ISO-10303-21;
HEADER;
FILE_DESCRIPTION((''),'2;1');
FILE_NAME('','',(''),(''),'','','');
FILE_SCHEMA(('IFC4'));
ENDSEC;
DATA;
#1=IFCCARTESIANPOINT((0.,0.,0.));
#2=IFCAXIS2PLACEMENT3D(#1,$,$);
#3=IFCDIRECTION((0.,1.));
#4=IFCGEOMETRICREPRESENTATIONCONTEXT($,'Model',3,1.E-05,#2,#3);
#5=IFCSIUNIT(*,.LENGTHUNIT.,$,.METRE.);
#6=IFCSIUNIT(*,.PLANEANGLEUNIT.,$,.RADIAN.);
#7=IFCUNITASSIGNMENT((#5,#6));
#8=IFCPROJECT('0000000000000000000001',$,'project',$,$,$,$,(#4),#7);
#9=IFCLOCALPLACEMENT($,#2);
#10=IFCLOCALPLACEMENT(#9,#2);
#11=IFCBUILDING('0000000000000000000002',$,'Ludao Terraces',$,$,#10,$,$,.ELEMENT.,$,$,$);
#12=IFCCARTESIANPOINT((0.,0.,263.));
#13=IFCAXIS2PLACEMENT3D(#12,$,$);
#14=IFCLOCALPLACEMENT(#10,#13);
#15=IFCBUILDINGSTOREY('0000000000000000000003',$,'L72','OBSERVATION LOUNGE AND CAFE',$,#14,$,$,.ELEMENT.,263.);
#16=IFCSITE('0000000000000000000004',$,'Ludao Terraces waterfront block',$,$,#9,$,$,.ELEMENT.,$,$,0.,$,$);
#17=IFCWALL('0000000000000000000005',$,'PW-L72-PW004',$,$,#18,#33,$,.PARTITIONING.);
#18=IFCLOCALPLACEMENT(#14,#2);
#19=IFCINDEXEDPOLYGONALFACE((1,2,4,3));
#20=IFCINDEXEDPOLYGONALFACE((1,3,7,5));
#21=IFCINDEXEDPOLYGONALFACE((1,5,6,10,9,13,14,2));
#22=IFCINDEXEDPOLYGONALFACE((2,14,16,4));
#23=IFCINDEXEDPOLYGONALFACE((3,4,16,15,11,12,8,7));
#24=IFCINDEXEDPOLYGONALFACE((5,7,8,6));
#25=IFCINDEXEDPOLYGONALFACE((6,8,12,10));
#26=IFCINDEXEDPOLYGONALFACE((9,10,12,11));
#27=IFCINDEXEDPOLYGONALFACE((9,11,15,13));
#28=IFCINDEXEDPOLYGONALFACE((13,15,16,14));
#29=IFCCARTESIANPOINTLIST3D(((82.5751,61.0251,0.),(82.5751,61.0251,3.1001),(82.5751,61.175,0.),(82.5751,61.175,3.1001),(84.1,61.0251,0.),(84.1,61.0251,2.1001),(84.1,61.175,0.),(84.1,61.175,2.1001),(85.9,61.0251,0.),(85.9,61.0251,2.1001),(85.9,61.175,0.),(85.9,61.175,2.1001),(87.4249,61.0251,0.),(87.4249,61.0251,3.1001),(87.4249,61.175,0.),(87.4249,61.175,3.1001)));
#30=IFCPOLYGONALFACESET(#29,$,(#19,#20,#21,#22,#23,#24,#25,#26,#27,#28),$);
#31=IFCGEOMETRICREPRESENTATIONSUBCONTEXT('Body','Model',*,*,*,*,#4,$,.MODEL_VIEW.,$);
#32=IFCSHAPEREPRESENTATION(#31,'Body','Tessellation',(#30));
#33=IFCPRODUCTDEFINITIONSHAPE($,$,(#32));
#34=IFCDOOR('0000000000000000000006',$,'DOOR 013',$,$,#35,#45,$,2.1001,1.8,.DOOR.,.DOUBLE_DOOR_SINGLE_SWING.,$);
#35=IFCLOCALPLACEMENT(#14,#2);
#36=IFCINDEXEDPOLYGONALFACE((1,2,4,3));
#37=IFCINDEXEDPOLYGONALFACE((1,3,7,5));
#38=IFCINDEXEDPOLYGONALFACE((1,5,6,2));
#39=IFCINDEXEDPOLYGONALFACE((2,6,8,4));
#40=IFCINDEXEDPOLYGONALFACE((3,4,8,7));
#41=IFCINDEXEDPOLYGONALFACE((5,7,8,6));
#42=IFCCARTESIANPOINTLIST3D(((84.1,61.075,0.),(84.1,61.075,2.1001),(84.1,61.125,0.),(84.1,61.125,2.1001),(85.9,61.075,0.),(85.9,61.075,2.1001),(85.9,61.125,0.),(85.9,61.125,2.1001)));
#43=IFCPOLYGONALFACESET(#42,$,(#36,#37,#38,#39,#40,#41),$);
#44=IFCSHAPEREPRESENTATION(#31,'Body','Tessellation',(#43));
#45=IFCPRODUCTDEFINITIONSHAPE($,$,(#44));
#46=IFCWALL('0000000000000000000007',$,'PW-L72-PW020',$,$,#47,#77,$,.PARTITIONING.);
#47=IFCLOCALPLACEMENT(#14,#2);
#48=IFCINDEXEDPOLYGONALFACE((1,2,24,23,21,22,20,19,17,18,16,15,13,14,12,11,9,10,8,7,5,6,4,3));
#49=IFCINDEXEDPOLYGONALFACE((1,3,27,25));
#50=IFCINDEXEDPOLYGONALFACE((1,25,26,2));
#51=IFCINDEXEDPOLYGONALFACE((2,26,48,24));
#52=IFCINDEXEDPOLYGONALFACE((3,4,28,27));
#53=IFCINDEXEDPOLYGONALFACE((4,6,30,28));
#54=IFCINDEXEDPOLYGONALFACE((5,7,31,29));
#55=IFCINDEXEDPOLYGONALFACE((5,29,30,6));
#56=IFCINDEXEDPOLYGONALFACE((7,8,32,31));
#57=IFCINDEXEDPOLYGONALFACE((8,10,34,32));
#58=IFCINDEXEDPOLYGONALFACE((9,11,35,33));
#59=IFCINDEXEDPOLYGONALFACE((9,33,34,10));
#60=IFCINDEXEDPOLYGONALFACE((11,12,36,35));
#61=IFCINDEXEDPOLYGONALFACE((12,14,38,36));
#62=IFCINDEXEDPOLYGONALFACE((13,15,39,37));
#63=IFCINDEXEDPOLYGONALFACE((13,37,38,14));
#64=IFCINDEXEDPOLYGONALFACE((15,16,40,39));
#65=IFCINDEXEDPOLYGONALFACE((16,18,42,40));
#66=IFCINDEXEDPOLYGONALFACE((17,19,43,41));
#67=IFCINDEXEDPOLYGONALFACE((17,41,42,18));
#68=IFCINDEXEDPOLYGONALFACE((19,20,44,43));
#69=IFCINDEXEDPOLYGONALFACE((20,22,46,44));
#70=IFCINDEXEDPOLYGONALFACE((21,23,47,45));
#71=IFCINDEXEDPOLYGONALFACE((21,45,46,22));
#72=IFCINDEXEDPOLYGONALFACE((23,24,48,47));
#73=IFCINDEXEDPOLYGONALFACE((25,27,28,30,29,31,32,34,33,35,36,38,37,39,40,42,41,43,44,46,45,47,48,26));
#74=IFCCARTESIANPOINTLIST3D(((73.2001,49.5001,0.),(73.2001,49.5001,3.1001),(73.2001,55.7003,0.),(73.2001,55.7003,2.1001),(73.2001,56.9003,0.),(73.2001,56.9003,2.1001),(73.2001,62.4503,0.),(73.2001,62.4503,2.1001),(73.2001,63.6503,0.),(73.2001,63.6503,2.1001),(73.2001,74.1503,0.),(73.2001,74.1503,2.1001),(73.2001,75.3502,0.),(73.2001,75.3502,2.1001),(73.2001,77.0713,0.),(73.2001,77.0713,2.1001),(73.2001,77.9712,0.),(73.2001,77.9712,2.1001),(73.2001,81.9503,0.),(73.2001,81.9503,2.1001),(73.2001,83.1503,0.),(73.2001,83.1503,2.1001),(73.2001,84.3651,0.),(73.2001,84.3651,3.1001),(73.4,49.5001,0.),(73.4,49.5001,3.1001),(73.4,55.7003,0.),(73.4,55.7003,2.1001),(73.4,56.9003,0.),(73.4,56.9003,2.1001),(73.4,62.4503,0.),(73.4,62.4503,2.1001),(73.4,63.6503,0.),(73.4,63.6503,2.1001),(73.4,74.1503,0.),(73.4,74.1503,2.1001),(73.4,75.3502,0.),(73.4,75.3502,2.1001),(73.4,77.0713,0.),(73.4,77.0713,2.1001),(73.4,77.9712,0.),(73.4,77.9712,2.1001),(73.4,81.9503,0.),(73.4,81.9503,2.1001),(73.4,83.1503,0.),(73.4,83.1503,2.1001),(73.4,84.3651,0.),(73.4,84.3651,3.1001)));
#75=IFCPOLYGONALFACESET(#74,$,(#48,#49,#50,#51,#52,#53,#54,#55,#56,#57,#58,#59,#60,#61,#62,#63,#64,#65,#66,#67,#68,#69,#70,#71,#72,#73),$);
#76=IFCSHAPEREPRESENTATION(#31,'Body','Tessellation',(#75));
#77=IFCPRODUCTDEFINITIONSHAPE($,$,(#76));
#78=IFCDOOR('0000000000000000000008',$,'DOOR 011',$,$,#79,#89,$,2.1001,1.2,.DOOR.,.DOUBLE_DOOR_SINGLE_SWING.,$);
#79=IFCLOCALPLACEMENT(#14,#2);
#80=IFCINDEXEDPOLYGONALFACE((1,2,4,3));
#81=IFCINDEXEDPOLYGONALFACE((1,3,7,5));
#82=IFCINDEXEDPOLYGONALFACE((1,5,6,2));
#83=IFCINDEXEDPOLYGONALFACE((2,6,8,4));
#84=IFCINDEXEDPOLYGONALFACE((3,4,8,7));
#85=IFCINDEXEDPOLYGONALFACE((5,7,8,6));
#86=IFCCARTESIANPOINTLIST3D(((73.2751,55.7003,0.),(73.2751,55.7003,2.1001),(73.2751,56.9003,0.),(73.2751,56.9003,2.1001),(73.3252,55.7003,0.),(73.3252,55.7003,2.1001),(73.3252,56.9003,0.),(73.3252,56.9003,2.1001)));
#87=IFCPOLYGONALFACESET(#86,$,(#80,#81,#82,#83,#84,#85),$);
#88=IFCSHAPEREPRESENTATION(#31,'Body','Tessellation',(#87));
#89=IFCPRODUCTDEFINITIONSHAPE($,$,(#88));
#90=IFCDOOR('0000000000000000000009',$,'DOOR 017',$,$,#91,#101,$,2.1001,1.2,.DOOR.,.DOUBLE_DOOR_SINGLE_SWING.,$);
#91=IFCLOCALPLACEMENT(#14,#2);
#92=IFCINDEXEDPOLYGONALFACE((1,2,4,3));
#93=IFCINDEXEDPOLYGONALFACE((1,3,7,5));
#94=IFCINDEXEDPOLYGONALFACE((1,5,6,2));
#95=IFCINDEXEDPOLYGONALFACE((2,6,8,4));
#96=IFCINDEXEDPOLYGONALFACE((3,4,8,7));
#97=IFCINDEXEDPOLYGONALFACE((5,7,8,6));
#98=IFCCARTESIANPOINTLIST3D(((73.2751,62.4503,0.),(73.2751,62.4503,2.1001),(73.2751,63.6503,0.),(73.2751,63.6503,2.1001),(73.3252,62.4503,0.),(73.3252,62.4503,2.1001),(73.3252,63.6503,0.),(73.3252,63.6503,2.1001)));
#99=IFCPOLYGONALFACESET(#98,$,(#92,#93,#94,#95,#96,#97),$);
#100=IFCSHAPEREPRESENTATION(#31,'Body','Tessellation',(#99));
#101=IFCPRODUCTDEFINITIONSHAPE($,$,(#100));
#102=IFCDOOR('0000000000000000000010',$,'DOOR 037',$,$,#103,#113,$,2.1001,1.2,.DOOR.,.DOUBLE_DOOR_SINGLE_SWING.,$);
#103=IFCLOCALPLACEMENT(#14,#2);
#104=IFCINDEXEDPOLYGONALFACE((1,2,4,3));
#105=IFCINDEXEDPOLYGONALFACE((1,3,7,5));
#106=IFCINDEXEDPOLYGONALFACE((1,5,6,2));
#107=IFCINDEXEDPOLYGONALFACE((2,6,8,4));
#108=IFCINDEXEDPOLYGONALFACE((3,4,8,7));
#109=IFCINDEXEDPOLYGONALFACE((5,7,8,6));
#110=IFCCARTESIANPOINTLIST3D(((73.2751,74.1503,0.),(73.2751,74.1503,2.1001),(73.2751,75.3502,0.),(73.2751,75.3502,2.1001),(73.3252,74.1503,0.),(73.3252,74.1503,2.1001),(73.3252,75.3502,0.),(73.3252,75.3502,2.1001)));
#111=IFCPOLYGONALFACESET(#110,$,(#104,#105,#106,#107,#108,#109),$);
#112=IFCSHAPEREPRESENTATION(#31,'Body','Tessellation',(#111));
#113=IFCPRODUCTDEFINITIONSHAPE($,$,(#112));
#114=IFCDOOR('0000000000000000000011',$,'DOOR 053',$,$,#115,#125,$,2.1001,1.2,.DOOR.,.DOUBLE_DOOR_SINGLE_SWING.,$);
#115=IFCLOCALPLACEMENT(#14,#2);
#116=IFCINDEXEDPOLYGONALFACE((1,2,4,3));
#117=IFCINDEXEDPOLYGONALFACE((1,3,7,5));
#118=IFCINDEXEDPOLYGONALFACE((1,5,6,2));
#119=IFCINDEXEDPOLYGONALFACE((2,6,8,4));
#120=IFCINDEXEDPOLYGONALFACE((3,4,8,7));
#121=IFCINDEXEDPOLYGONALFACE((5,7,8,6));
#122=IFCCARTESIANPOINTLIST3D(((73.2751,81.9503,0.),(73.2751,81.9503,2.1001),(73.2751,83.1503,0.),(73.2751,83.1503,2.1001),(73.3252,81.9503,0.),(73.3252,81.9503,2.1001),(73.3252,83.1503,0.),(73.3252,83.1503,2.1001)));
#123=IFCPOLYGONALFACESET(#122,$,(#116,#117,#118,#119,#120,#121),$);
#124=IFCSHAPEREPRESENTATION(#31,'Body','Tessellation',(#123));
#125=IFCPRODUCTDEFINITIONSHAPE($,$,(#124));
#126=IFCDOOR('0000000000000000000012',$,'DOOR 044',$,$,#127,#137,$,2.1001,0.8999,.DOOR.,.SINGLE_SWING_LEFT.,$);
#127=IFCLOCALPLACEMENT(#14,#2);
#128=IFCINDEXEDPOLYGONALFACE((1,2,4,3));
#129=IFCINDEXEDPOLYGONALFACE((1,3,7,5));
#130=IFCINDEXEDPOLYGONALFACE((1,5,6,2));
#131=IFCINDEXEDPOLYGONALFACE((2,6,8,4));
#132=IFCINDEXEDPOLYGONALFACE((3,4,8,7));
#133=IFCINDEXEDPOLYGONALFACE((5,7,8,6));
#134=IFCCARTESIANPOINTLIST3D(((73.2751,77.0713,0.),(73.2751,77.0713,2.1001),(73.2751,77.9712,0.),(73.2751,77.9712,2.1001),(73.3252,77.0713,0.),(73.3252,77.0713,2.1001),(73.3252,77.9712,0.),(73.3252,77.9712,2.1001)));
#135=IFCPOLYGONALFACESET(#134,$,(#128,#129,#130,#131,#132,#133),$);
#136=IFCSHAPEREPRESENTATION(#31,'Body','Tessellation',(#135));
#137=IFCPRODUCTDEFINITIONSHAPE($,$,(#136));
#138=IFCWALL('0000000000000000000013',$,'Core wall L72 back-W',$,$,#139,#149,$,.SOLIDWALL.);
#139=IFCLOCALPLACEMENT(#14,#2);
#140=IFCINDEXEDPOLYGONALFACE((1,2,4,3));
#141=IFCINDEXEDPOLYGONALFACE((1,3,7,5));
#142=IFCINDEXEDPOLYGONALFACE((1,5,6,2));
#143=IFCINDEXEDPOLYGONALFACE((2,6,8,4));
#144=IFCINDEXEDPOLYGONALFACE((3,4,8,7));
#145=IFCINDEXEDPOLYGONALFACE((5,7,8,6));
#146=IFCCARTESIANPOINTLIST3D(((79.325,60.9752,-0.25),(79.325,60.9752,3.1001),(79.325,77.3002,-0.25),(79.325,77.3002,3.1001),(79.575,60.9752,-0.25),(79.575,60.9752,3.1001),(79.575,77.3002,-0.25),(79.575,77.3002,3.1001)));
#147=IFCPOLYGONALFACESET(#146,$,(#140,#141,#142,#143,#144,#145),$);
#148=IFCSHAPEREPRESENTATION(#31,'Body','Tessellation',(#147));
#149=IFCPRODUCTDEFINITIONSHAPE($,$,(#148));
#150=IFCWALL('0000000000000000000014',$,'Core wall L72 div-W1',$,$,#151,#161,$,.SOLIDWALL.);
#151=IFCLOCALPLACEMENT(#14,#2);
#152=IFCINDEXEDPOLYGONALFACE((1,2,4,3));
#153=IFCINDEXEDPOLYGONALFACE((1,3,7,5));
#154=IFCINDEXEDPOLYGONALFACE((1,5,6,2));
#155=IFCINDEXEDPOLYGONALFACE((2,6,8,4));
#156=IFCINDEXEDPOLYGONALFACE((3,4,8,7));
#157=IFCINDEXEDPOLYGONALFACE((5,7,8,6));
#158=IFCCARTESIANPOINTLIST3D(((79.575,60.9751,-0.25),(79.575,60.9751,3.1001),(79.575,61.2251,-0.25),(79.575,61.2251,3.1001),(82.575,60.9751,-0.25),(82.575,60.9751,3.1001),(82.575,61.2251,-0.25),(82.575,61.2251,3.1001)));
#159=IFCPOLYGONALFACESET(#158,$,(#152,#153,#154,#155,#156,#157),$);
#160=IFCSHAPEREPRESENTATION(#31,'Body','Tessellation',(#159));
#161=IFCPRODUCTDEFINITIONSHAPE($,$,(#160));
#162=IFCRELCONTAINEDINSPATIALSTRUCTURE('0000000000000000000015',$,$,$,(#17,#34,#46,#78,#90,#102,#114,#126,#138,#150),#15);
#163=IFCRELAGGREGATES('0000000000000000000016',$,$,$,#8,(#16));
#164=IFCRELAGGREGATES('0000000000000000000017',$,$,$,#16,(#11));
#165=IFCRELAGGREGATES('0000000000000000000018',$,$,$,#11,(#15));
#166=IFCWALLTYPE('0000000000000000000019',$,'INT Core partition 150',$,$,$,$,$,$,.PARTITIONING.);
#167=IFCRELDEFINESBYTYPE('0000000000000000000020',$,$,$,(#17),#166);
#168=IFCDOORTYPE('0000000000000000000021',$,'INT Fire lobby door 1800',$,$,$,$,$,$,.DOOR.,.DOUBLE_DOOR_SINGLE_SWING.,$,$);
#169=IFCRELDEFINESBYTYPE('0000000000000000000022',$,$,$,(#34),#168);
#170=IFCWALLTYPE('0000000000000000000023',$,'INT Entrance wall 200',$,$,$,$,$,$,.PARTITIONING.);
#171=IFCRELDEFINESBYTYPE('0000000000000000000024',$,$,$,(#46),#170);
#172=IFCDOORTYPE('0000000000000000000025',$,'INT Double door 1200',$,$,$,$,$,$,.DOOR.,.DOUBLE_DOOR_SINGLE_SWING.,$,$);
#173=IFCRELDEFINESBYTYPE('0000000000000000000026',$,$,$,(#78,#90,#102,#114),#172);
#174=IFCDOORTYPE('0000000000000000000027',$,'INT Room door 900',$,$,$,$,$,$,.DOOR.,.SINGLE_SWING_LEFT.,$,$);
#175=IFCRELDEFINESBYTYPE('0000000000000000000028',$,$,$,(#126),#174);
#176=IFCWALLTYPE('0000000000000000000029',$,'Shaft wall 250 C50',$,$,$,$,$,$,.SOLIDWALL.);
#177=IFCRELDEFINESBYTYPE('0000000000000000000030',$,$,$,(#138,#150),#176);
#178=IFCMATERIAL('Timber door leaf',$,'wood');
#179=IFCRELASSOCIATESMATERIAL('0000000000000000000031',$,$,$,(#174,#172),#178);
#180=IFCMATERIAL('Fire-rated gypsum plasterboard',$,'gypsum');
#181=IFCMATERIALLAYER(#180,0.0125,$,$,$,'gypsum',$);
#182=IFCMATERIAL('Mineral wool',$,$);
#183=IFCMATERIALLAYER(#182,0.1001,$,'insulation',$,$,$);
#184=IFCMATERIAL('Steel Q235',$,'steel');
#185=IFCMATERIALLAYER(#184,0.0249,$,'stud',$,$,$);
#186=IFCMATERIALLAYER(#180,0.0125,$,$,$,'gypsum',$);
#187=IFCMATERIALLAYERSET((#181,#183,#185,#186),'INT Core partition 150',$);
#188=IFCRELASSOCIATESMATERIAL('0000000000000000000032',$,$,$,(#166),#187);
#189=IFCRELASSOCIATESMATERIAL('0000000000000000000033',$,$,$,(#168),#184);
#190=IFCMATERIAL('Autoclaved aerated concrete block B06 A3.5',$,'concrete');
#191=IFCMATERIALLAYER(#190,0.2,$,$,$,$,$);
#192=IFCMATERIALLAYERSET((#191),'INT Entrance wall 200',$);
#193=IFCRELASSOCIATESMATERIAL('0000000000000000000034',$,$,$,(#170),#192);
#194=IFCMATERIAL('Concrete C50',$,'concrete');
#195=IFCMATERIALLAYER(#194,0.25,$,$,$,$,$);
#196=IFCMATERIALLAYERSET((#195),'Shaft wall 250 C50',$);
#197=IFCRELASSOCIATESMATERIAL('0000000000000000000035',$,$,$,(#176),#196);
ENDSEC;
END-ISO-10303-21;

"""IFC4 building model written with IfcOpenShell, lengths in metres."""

from ifc_helpers import new_model, si_unit, direction, frame, frame_2d, origin, place, context, subcontext, project, spatial, rectangle, extrude, material, layer, layer_set, type_object, element, fill, save


model = new_model("IFC4")

# Units and contexts
model_context = context("Model", 3, precision=1e-05, world=origin(), true_north=direction((0.0, 1.0)))
body_context = subcontext(model_context, "Body", "Model", "MODEL_VIEW")
ifc_project = project(units=[si_unit("LENGTHUNIT", "METRE"), si_unit("PLANEANGLEUNIT", "RADIAN")], contexts=[model_context])

# Site, building, storey
site_placement = place(None, origin())
site = spatial("IfcSite", under=ifc_project, at=site_placement, Name="Ludao Terraces waterfront block", CompositionType="ELEMENT", RefElevation=0.0)
building_placement = place(site_placement, origin())
building = spatial("IfcBuilding", under=site, at=building_placement, Name="Ludao Terraces", CompositionType="ELEMENT")
storey_placement = place(building_placement, frame((0.0, 0.0, 263.0)))
storey = spatial("IfcBuildingStorey", under=building, at=storey_placement, Name="L72", Description="OBSERVATION LOUNGE AND CAFE", CompositionType="ELEMENT", Elevation=263.0)

# Shared definitions
ifc_material_1 = material(Name="Concrete C50", Category="concrete")
ifc_material_2 = material(Name="Steel Q235", Category="steel")
ifc_material_3 = material(Name="Timber door leaf", Category="wood")
door_type_1 = type_object("IfcDoorType", Name="INT Room door 900", OperationType="SINGLE_SWING_LEFT", PredefinedType="DOOR", material=ifc_material_3)

# Wall, opening, door
ifc_material_4 = material(Name="Fire-rated gypsum plasterboard", Category="gypsum")
ifc_layer_1 = layer(ifc_material_4, 0.0125, Category="gypsum")
ifc_material_5 = material(Name="Mineral wool")
ifc_layer_2 = layer(ifc_material_5, 0.1001, Name="insulation")
ifc_layer_3 = layer(ifc_material_2, 0.0249, Name="stud")
ifc_layer_4 = layer(ifc_material_4, 0.0125, Category="gypsum")
ifc_layer_set_1 = layer_set([ifc_layer_1, ifc_layer_2, ifc_layer_3, ifc_layer_4], Name="INT Core partition 150")
wall_type_1 = type_object("IfcWallType", Name="INT Core partition 150", PredefinedType="PARTITIONING", material=ifc_layer_set_1)
wall_1_placement = place(storey_placement, frame((82.5752, 61.1001, 0.0), z_axis=(0.0, 0.0, 1.0), x_axis=(1.0, 0.0, 0.0)))
wall_1 = element("IfcWall", 1, at=wall_1_placement, inside=storey, type_object=wall_type_1, Name="PW-L72-PW004", PredefinedType="PARTITIONING", context=body_context, shape_type="SweptSolid", body=[
    extrude(rectangle(XDim=4.8499, YDim=0.1499, at=frame_2d((2.4248, 0.0))), origin(), (0.0, 0.0, 1.0), 3.1001),
])
opening_1_placement = place(wall_1_placement, frame((1.5249, 0.0, 0.0)))
opening_1 = element("IfcOpeningElement", 2, at=opening_1_placement, cuts=wall_1, PredefinedType="OPENING", context=body_context, shape_type="SweptSolid", body=[
    extrude(rectangle(XDim=1.8, YDim=2.1001, at=frame_2d((0.8999, 1.05))), frame((0.0, 0.085, 0.0), z_axis=(0.0, -1.0, 0.0), x_axis=(1.0, 0.0, 0.0)), (0.0, 0.0, 1.0), 0.1699),
])
door_type_2 = type_object("IfcDoorType", Name="INT Fire lobby door 1800", OperationType="DOUBLE_DOOR_SINGLE_SWING", PredefinedType="DOOR", material=ifc_material_2)
door_1_placement = place(opening_1_placement, origin())
door_1 = element("IfcDoor", 3, at=door_1_placement, inside=storey, type_object=door_type_2, Name="DOOR 013", OperationType="DOUBLE_DOOR_SINGLE_SWING", OverallHeight=2.1001, OverallWidth=1.8, PredefinedType="DOOR", context=body_context, shape_type="SweptSolid", body=[
    extrude(rectangle(XDim=1.8, YDim=2.1001, at=frame_2d((0.8999, 1.05))), frame((0.0, 0.0249, 0.0), z_axis=(0.0, -1.0, 0.0), x_axis=(1.0, 0.0, 0.0)), (0.0, 0.0, 1.0), 0.05),
])
fill(opening_1, door_1)

# Wall, openings, doors
ifc_material_6 = material(Name="Autoclaved aerated concrete block B06 A3.5", Category="concrete")
ifc_layer_5 = layer(ifc_material_6, 0.2)
ifc_layer_set_2 = layer_set([ifc_layer_5], Name="INT Entrance wall 200")
wall_type_2 = type_object("IfcWallType", Name="INT Entrance wall 200", PredefinedType="PARTITIONING", material=ifc_layer_set_2)
wall_2_placement = place(storey_placement, frame((73.3, 49.5, 0.0), z_axis=(0.0, 0.0, 1.0), x_axis=(0.0, 1.0, 0.0)))
wall_2 = element("IfcWall", 4, at=wall_2_placement, inside=storey, type_object=wall_type_2, Name="PW-L72-PW020", PredefinedType="PARTITIONING", context=body_context, shape_type="SweptSolid", body=[
    extrude(rectangle(XDim=34.865, YDim=0.2, at=frame_2d((17.4326, 0.0))), origin(), (0.0, 0.0, 1.0), 3.1001),
])
opening_2_placement = place(wall_2_placement, frame((6.2002, 0.0, 0.0)))
opening_2 = element("IfcOpeningElement", 5, at=opening_2_placement, cuts=wall_2, PredefinedType="OPENING", context=body_context, shape_type="SweptSolid", body=[
    extrude(rectangle(XDim=1.2, YDim=2.1001, at=frame_2d((0.6001, 1.05))), frame((0.0, 0.1099, 0.0), z_axis=(0.0, -1.0, 0.0), x_axis=(1.0, 0.0, 0.0)), (0.0, 0.0, 1.0), 0.22),
])
opening_3_placement = place(wall_2_placement, frame((12.9502, 0.0, 0.0)))
opening_3 = element("IfcOpeningElement", 6, at=opening_3_placement, cuts=wall_2, PredefinedType="OPENING", context=body_context, shape_type="SweptSolid", body=[
    extrude(rectangle(XDim=1.2, YDim=2.1001, at=frame_2d((0.6001, 1.05))), frame((0.0, 0.1099, 0.0), z_axis=(0.0, -1.0, 0.0), x_axis=(1.0, 0.0, 0.0)), (0.0, 0.0, 1.0), 0.22),
])
opening_4_placement = place(wall_2_placement, frame((24.6501, 0.0, 0.0)))
opening_4 = element("IfcOpeningElement", 7, at=opening_4_placement, cuts=wall_2, PredefinedType="OPENING", context=body_context, shape_type="SweptSolid", body=[
    extrude(rectangle(XDim=1.2, YDim=2.1001, at=frame_2d((0.6001, 1.05))), frame((0.0, 0.1099, 0.0), z_axis=(0.0, -1.0, 0.0), x_axis=(1.0, 0.0, 0.0)), (0.0, 0.0, 1.0), 0.22),
])
opening_5_placement = place(wall_2_placement, frame((27.5713, 0.0, 0.0)))
opening_5 = element("IfcOpeningElement", 8, at=opening_5_placement, cuts=wall_2, PredefinedType="OPENING", context=body_context, shape_type="SweptSolid", body=[
    extrude(rectangle(XDim=0.8999, YDim=2.1001, at=frame_2d((0.45, 1.05))), frame((0.0, 0.1099, 0.0), z_axis=(0.0, -1.0, 0.0), x_axis=(1.0, 0.0, 0.0)), (0.0, 0.0, 1.0), 0.22),
])
opening_6_placement = place(wall_2_placement, frame((32.4502, 0.0, 0.0)))
opening_6 = element("IfcOpeningElement", 9, at=opening_6_placement, cuts=wall_2, PredefinedType="OPENING", context=body_context, shape_type="SweptSolid", body=[
    extrude(rectangle(XDim=1.2, YDim=2.1001, at=frame_2d((0.6001, 1.05))), frame((0.0, 0.1099, 0.0), z_axis=(0.0, -1.0, 0.0), x_axis=(1.0, 0.0, 0.0)), (0.0, 0.0, 1.0), 0.22),
])
door_type_3 = type_object("IfcDoorType", Name="INT Double door 1200", OperationType="DOUBLE_DOOR_SINGLE_SWING", PredefinedType="DOOR", material=ifc_material_3)
door_2_placement = place(opening_2_placement, origin())
door_2 = element("IfcDoor", 10, at=door_2_placement, inside=storey, type_object=door_type_3, Name="DOOR 011", OperationType="DOUBLE_DOOR_SINGLE_SWING", OverallHeight=2.1001, OverallWidth=1.2, PredefinedType="DOOR", context=body_context, shape_type="SweptSolid", body=[
    extrude(rectangle(XDim=1.2, YDim=2.1001, at=frame_2d((0.6001, 1.05))), frame((0.0, 0.0249, 0.0), z_axis=(0.0, -1.0, 0.0), x_axis=(1.0, 0.0, 0.0)), (0.0, 0.0, 1.0), 0.05),
])
fill(opening_2, door_2)
door_3_placement = place(opening_3_placement, origin())
door_3 = element("IfcDoor", 11, at=door_3_placement, inside=storey, type_object=door_type_3, Name="DOOR 017", OperationType="DOUBLE_DOOR_SINGLE_SWING", OverallHeight=2.1001, OverallWidth=1.2, PredefinedType="DOOR", context=body_context, shape_type="SweptSolid", body=[
    extrude(rectangle(XDim=1.2, YDim=2.1001, at=frame_2d((0.6001, 1.05))), frame((0.0, 0.0249, 0.0), z_axis=(0.0, -1.0, 0.0), x_axis=(1.0, 0.0, 0.0)), (0.0, 0.0, 1.0), 0.05),
])
fill(opening_3, door_3)
door_4_placement = place(opening_4_placement, origin())
door_4 = element("IfcDoor", 12, at=door_4_placement, inside=storey, type_object=door_type_3, Name="DOOR 037", OperationType="DOUBLE_DOOR_SINGLE_SWING", OverallHeight=2.1001, OverallWidth=1.2, PredefinedType="DOOR", context=body_context, shape_type="SweptSolid", body=[
    extrude(rectangle(XDim=1.2, YDim=2.1001, at=frame_2d((0.6001, 1.05))), frame((0.0, 0.0249, 0.0), z_axis=(0.0, -1.0, 0.0), x_axis=(1.0, 0.0, 0.0)), (0.0, 0.0, 1.0), 0.05),
])
fill(opening_4, door_4)
door_5_placement = place(opening_6_placement, origin())
door_5 = element("IfcDoor", 13, at=door_5_placement, inside=storey, type_object=door_type_3, Name="DOOR 053", OperationType="DOUBLE_DOOR_SINGLE_SWING", OverallHeight=2.1001, OverallWidth=1.2, PredefinedType="DOOR", context=body_context, shape_type="SweptSolid", body=[
    extrude(rectangle(XDim=1.2, YDim=2.1001, at=frame_2d((0.6001, 1.05))), frame((0.0, 0.0249, 0.0), z_axis=(0.0, -1.0, 0.0), x_axis=(1.0, 0.0, 0.0)), (0.0, 0.0, 1.0), 0.05),
])
fill(opening_6, door_5)
door_6_placement = place(opening_5_placement, origin())
door_6 = element("IfcDoor", 14, at=door_6_placement, inside=storey, type_object=door_type_1, Name="DOOR 044", OperationType="SINGLE_SWING_LEFT", OverallHeight=2.1001, OverallWidth=0.8999, PredefinedType="DOOR", context=body_context, shape_type="SweptSolid", body=[
    extrude(rectangle(XDim=0.8999, YDim=2.1001, at=frame_2d((0.45, 1.05))), frame((0.0, 0.0249, 0.0), z_axis=(0.0, -1.0, 0.0), x_axis=(1.0, 0.0, 0.0)), (0.0, 0.0, 1.0), 0.05),
])
fill(opening_5, door_6)

# Walls
ifc_layer_6 = layer(ifc_material_1, 0.25)
ifc_layer_set_3 = layer_set([ifc_layer_6], Name="Shaft wall 250 C50")
wall_type_3 = type_object("IfcWallType", Name="Shaft wall 250 C50", PredefinedType="SOLIDWALL", material=ifc_layer_set_3)
wall_3_placement = place(storey_placement, frame((79.45, 60.9751, -0.25), z_axis=(0.0, 0.0, 1.0), x_axis=(0.0, 1.0, 0.0)))
element("IfcWall", 15, at=wall_3_placement, inside=storey, type_object=wall_type_3, Name="Core wall L72 back-W", PredefinedType="SOLIDWALL", context=body_context, shape_type="SweptSolid", body=[
    extrude(rectangle(XDim=16.325, YDim=0.25, at=frame_2d((8.1626, 0.0))), origin(), (0.0, 0.0, 1.0), 3.3501),
])
wall_4_placement = place(storey_placement, frame((79.575, 61.1001, -0.25), z_axis=(0.0, 0.0, 1.0), x_axis=(1.0, 0.0, 0.0)))
element("IfcWall", 16, at=wall_4_placement, inside=storey, type_object=wall_type_3, Name="Core wall L72 div-W1", PredefinedType="SOLIDWALL", context=body_context, shape_type="SweptSolid", body=[
    extrude(rectangle(XDim=3.0, YDim=0.25, at=frame_2d((1.5, 0.0))), origin(), (0.0, 0.0, 1.0), 3.3501),
])

save(model, "model.ifc")
